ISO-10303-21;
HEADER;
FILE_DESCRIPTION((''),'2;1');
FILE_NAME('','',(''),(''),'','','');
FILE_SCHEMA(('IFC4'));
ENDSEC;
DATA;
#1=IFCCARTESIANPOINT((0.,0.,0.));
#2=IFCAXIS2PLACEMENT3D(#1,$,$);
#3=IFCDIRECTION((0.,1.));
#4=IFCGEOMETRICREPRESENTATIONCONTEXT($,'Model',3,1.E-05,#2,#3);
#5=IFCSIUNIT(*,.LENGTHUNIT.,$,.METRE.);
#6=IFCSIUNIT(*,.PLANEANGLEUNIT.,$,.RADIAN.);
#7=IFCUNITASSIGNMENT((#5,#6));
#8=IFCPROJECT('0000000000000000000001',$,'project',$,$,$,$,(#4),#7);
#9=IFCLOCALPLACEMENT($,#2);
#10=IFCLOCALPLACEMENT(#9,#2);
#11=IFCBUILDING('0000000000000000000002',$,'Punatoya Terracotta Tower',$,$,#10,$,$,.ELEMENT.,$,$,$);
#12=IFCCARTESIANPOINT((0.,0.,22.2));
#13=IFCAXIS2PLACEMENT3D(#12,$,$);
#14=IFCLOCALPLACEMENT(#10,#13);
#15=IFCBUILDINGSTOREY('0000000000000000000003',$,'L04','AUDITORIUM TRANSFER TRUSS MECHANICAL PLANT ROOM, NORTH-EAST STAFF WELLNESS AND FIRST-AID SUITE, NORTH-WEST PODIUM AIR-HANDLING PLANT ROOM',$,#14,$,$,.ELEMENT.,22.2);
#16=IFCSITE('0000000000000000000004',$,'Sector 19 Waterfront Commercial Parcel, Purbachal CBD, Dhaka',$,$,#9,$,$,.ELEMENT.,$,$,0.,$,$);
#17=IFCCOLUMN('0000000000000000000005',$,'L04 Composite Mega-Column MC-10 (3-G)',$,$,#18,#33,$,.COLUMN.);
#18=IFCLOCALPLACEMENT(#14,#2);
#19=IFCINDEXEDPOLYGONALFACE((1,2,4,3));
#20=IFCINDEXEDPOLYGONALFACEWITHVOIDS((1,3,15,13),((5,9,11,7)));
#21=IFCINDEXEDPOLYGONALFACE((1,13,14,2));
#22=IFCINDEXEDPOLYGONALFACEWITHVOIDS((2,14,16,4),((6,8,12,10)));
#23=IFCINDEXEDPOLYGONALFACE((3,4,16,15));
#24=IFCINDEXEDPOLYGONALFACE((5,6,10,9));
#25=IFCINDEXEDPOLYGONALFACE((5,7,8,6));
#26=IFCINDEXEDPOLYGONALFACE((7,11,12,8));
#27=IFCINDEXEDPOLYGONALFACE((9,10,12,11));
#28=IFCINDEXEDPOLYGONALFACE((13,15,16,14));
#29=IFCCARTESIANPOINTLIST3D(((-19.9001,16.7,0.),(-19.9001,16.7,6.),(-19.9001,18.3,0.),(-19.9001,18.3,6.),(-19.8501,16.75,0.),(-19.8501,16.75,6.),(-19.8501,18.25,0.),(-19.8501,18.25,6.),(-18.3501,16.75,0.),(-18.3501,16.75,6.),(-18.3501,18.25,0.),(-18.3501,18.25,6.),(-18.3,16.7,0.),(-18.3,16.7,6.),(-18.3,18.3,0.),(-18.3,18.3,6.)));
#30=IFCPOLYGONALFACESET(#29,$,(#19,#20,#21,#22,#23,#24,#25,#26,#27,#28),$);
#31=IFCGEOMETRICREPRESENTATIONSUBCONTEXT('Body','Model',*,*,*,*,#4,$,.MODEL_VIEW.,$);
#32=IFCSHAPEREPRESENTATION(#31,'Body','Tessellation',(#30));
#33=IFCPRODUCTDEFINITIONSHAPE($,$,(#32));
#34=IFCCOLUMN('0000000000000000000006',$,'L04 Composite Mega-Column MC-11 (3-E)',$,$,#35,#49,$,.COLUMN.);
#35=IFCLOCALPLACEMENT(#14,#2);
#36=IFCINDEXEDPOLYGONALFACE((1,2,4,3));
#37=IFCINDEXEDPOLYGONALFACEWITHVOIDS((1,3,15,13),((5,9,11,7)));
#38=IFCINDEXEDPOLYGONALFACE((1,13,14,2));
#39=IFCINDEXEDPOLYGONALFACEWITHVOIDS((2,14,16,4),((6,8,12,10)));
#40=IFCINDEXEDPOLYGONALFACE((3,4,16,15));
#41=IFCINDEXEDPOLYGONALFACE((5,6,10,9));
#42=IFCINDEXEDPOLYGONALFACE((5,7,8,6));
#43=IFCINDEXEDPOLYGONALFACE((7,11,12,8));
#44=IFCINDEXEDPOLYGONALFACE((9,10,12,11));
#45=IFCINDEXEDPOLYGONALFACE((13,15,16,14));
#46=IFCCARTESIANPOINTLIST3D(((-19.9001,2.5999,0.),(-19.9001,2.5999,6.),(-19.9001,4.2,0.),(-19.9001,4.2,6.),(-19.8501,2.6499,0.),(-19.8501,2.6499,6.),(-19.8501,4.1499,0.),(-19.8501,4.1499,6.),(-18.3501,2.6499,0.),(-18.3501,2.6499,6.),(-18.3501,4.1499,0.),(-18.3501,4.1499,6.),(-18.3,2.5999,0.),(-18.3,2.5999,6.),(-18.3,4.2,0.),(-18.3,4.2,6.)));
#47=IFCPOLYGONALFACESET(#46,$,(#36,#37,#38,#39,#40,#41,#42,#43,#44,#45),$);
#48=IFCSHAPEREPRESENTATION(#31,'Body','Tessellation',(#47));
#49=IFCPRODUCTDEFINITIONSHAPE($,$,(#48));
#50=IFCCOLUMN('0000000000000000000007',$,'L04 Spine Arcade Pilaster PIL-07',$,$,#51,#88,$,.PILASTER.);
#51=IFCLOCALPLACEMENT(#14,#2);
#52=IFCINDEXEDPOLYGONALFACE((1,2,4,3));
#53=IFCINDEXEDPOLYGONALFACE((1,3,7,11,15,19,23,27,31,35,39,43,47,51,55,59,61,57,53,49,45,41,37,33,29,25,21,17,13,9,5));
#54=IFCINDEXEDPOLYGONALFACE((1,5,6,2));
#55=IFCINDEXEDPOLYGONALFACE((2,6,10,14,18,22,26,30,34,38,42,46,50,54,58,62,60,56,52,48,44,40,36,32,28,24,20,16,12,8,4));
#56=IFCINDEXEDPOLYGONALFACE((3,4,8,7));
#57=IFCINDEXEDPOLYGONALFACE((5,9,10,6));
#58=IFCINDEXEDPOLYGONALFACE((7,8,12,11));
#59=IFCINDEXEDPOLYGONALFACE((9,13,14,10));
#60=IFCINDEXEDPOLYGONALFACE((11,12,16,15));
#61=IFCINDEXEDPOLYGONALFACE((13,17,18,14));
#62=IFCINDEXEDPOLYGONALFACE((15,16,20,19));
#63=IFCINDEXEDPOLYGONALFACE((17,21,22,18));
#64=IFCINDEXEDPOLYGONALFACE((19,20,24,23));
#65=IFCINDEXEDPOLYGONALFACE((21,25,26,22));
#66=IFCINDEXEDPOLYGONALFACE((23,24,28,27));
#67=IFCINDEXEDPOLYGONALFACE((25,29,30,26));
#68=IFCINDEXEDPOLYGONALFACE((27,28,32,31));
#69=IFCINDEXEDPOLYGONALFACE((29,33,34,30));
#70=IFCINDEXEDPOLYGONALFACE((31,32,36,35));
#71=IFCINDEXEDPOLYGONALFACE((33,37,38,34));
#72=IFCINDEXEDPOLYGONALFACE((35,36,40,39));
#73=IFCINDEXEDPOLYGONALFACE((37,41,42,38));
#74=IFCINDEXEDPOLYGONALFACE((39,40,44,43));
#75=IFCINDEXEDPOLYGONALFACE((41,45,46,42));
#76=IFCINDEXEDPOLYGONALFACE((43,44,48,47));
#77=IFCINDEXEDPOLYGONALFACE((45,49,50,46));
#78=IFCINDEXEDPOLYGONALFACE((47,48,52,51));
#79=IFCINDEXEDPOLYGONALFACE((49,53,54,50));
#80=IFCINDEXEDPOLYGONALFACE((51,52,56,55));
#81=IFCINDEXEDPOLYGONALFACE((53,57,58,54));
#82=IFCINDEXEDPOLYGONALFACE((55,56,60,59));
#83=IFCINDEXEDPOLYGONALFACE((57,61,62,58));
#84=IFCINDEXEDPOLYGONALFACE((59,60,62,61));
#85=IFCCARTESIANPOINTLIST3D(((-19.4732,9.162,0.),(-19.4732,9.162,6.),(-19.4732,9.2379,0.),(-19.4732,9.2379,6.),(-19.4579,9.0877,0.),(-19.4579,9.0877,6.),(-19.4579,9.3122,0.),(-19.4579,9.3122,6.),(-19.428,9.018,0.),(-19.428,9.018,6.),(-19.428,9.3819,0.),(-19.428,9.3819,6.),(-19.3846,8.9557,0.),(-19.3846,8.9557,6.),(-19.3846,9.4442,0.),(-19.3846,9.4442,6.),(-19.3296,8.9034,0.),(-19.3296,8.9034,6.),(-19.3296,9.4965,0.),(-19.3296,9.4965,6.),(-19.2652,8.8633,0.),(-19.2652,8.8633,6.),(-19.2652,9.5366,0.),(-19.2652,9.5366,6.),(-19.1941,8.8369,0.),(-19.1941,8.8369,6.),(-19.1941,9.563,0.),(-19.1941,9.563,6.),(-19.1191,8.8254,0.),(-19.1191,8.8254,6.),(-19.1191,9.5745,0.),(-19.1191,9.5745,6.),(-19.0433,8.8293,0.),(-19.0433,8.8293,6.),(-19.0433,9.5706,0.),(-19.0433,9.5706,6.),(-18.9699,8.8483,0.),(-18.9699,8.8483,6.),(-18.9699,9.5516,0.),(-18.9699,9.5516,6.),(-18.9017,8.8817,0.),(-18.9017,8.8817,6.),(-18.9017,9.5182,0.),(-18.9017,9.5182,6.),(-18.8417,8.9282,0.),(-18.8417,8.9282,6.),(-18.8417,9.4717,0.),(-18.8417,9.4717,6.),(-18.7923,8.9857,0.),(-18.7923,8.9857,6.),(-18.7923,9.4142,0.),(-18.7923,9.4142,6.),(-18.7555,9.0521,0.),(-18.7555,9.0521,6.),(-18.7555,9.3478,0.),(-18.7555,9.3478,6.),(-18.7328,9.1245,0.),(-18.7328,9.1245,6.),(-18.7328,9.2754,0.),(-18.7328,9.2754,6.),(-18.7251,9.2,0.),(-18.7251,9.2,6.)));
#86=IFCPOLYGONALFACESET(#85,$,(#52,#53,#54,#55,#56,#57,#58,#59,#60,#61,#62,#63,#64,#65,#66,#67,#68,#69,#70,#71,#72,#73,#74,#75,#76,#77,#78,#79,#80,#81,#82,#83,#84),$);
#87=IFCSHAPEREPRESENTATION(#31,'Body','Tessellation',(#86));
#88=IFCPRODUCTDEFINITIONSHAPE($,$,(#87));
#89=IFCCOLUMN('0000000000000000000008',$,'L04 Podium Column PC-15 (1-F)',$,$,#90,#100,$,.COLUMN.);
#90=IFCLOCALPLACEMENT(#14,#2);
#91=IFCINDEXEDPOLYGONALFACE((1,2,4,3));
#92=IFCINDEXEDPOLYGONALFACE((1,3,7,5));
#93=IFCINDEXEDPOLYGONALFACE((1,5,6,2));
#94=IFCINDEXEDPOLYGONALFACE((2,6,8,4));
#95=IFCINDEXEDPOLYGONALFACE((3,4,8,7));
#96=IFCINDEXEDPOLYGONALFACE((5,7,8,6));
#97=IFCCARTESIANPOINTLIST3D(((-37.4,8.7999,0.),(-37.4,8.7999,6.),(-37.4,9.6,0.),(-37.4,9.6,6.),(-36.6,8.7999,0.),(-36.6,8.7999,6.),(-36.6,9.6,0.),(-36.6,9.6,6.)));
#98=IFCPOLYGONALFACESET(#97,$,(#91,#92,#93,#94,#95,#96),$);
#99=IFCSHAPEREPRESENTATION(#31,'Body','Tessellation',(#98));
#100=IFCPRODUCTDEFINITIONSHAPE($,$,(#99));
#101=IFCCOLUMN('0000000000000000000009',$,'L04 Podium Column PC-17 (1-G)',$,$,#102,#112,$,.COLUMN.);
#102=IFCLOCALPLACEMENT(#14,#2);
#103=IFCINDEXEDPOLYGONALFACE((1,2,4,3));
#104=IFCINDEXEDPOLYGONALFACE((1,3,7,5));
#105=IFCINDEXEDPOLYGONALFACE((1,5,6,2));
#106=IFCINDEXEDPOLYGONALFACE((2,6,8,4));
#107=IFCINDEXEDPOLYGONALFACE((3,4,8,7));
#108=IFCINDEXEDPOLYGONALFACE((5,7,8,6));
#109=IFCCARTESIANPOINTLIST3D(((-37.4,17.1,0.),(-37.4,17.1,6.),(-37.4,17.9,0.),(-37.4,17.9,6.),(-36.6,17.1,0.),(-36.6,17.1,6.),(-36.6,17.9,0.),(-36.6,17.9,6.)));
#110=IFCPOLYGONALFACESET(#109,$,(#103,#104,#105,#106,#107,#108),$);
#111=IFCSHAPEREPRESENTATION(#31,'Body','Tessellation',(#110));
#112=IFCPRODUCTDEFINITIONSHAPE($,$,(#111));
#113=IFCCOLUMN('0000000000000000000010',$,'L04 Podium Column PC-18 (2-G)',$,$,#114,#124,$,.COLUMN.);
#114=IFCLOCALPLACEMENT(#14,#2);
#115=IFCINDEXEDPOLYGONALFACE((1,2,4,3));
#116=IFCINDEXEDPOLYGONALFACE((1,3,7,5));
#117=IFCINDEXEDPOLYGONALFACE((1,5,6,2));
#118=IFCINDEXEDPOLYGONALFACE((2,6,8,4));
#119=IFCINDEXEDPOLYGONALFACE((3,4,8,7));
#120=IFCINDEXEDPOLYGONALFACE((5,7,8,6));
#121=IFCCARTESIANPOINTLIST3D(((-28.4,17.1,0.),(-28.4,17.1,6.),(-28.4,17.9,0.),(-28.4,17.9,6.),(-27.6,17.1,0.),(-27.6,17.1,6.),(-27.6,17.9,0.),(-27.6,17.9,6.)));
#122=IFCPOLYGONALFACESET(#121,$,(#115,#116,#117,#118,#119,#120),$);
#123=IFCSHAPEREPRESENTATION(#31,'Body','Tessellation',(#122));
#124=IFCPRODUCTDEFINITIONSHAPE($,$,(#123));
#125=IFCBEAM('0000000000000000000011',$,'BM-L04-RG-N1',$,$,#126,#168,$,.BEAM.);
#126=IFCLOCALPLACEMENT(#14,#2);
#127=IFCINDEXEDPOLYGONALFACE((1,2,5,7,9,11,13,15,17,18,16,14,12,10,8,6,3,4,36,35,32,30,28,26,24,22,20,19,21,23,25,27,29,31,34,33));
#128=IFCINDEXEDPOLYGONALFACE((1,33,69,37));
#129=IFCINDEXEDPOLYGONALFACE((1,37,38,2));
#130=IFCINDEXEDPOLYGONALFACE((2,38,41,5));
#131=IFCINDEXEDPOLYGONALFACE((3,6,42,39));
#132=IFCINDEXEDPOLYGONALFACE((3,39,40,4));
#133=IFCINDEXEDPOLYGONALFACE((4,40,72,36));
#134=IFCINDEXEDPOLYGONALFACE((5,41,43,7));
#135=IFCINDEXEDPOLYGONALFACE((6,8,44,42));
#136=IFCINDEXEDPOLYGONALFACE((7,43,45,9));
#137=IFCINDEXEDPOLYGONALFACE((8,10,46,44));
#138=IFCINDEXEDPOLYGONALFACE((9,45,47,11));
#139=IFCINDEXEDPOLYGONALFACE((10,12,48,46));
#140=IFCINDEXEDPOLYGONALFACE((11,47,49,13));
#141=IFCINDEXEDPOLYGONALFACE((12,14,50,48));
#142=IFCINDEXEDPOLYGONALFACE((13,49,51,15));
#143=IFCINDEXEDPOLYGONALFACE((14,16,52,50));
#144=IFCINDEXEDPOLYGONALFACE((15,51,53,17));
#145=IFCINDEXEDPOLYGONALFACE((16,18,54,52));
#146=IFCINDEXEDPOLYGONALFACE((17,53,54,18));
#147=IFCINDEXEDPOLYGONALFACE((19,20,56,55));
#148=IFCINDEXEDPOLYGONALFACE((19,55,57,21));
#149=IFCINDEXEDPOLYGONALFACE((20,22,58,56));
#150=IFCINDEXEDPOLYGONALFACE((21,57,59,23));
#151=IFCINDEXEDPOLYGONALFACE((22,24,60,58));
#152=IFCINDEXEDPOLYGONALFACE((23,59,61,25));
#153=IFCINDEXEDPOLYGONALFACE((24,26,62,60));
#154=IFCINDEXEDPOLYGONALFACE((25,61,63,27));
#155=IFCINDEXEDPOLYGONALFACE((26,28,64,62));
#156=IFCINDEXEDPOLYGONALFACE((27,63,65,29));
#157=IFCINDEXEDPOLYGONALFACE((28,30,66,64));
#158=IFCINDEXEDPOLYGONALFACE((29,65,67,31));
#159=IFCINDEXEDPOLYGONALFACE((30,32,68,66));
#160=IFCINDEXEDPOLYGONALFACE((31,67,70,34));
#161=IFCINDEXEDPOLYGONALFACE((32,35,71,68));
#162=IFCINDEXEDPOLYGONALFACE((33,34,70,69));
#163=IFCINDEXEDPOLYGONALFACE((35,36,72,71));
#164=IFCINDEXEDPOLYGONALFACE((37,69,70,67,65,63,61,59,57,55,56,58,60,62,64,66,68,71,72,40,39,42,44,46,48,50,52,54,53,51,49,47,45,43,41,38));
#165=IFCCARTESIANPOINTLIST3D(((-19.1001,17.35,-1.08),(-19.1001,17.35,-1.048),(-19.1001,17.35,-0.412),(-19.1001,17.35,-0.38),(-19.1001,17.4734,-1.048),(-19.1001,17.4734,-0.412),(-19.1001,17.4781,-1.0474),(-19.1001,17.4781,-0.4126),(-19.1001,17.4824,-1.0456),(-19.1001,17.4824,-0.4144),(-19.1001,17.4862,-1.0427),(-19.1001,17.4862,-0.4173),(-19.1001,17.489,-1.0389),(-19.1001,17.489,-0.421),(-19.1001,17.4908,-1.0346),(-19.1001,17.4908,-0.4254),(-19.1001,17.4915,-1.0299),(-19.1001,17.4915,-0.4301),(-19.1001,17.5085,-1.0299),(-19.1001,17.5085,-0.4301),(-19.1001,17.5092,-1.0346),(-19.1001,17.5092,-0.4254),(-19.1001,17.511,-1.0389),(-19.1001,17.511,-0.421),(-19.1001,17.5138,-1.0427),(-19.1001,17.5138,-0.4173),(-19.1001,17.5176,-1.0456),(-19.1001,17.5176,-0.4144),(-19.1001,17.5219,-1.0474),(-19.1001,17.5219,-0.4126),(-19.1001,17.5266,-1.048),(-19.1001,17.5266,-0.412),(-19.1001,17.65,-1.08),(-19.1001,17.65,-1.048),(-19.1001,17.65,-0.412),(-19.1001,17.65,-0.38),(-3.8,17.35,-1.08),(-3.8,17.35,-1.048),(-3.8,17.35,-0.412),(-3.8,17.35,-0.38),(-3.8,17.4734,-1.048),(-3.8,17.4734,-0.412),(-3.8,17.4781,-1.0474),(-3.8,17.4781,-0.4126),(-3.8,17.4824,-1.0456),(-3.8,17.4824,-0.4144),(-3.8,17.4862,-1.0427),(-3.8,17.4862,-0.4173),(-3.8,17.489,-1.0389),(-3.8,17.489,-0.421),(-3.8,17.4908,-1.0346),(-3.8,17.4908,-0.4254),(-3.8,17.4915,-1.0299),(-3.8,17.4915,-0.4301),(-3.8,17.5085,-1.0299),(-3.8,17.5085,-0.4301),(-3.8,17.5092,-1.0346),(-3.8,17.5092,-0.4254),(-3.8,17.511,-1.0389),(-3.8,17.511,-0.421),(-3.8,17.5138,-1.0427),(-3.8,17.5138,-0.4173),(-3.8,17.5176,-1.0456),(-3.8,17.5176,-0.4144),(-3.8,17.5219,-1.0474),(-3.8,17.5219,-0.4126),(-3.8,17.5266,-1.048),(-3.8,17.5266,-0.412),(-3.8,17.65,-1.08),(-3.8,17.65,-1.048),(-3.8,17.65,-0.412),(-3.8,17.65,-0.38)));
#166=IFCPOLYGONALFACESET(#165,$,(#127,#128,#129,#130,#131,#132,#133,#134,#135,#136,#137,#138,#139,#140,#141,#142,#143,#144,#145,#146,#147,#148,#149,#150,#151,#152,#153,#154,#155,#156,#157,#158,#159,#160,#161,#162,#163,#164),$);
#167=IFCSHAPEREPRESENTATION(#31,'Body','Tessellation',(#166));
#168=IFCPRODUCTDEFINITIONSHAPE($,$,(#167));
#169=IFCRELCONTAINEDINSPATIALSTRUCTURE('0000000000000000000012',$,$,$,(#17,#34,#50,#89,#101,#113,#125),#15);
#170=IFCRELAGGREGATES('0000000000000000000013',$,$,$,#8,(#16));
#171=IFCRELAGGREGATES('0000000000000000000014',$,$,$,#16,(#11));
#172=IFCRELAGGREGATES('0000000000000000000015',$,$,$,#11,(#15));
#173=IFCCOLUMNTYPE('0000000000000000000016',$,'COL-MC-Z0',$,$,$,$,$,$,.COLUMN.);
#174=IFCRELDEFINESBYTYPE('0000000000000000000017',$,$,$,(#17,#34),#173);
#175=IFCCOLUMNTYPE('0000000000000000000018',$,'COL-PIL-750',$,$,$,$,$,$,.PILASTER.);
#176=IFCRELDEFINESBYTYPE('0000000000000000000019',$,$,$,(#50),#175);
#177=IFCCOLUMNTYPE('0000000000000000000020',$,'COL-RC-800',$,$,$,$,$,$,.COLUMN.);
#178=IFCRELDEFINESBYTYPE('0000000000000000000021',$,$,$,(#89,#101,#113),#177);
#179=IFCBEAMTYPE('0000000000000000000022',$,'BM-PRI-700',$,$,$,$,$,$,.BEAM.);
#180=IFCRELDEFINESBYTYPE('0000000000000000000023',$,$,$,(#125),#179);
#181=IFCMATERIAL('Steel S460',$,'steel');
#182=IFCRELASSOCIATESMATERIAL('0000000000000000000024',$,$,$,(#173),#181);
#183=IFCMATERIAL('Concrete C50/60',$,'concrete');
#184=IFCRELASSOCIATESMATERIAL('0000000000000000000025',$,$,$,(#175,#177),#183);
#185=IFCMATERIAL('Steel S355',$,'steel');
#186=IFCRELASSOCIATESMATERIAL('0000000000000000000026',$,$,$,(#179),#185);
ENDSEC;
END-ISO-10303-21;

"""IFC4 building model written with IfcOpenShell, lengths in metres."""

from ifc_helpers import new_model, si_unit, direction, frame, origin, origin_2d, place, context, subcontext, project, spatial, rectangle, hollow_rectangle, circle, i_section, extrude, material, material_profile, profile_set, type_object, element, save


model = new_model("IFC4")

# Units and contexts
model_context = context("Model", 3, precision=1e-05, world=origin(), true_north=direction((0.0, 1.0)))
body_context = subcontext(model_context, "Body", "Model", "MODEL_VIEW")
ifc_project = project(units=[si_unit("LENGTHUNIT", "METRE"), si_unit("PLANEANGLEUNIT", "RADIAN")], contexts=[model_context])

# Site, building, storey
site_placement = place(None, origin())
site = spatial("IfcSite", under=ifc_project, at=site_placement, Name="Sector 19 Waterfront Commercial Parcel, Purbachal CBD, Dhaka", CompositionType="ELEMENT", RefElevation=0.0)
building_placement = place(site_placement, origin())
building = spatial("IfcBuilding", under=site, at=building_placement, Name="Punatoya Terracotta Tower", CompositionType="ELEMENT")
storey_placement = place(building_placement, frame((0.0, 0.0, 22.2)))
storey = spatial("IfcBuildingStorey", under=building, at=storey_placement, Name="L04", Description="AUDITORIUM TRANSFER TRUSS MECHANICAL PLANT ROOM, NORTH-EAST STAFF WELLNESS AND FIRST-AID SUITE, NORTH-WEST PODIUM AIR-HANDLING PLANT ROOM", CompositionType="ELEMENT", Elevation=22.2)

# Columns
ifc_material_1 = material(Name="Steel S460", Category="steel")
ifc_material_profile_1 = material_profile(ifc_material_1, hollow_rectangle(XDim=1.6001, YDim=1.6001, WallThickness=0.05, at=origin_2d()))
ifc_profile_set_1 = profile_set([ifc_material_profile_1], Name="Steel S460")
column_type_1 = type_object("IfcColumnType", Name="COL-MC-Z0", PredefinedType="COLUMN", material=ifc_profile_set_1)
for number, where, z_axis, x_axis, name in (
    (1, (-19.1001, 17.5, 0.0), (0.0, 0.0, 1.0), (1.0, 0.0, 0.0), "L04 Composite Mega-Column MC-10 (3-G)"),
    (2, (-19.1001, 3.3999, 0.0), (0.0, 0.0, 1.0), (1.0, 0.0, 0.0), "L04 Composite Mega-Column MC-11 (3-E)"),
):
    element("IfcColumn", number, at=place(storey_placement, frame(where, z_axis=z_axis, x_axis=x_axis)), inside=storey, type_object=column_type_1, Name=name, PredefinedType="COLUMN", context=body_context, shape_type="SweptSolid", body=[
        extrude(hollow_rectangle(XDim=1.6001, YDim=1.6001, WallThickness=0.05, at=origin_2d()), origin(), (0.0, 0.0, 1.0), 6.0),
    ])
ifc_material_2 = material(Name="Concrete C50/60", Category="concrete")
ifc_material_profile_2 = material_profile(ifc_material_2, circle(Radius=0.375, at=origin_2d()))
ifc_profile_set_2 = profile_set([ifc_material_profile_2], Name="Concrete C50/60")
column_type_2 = type_object("IfcColumnType", Name="COL-PIL-750", PredefinedType="PILASTER", material=ifc_profile_set_2)
column_placement = place(storey_placement, frame((-19.1001, 9.2, 0.0), z_axis=(0.0, 0.0, 1.0), x_axis=(1.0, 0.0, 0.0)))
element("IfcColumn", 3, at=column_placement, inside=storey, type_object=column_type_2, Name="L04 Spine Arcade Pilaster PIL-07", PredefinedType="PILASTER", context=body_context, shape_type="SweptSolid", body=[
    extrude(circle(Radius=0.375, at=origin_2d()), origin(), (0.0, 0.0, 1.0), 6.0),
])
ifc_material_profile_3 = material_profile(ifc_material_2, rectangle(XDim=0.8, YDim=0.8, at=origin_2d()))
ifc_profile_set_3 = profile_set([ifc_material_profile_3], Name="Concrete C50/60")
column_type_3 = type_object("IfcColumnType", Name="COL-RC-800", PredefinedType="COLUMN", material=ifc_profile_set_3)
for number, where, z_axis, x_axis, name in (
    (4, (-37.0, 9.2, 0.0), (0.0, 0.0, 1.0), (1.0, 0.0, 0.0), "L04 Podium Column PC-15 (1-F)"),
    (5, (-37.0, 17.5, 0.0), (0.0, 0.0, 1.0), (1.0, 0.0, 0.0), "L04 Podium Column PC-17 (1-G)"),
    (6, (-28.0, 17.5, 0.0), (0.0, 0.0, 1.0), (1.0, 0.0, 0.0), "L04 Podium Column PC-18 (2-G)"),
):
    element("IfcColumn", number, at=place(storey_placement, frame(where, z_axis=z_axis, x_axis=x_axis)), inside=storey, type_object=column_type_3, Name=name, PredefinedType="COLUMN", context=body_context, shape_type="SweptSolid", body=[
        extrude(rectangle(XDim=0.8, YDim=0.8, at=origin_2d()), origin(), (0.0, 0.0, 1.0), 6.0),
    ])

# Beam
ifc_material_3 = material(Name="Steel S355", Category="steel")
ifc_material_profile_4 = material_profile(ifc_material_3, i_section(OverallWidth=0.3, OverallDepth=0.7, WebThickness=0.0171, FlangeThickness=0.032, FilletRadius=0.0181, at=origin_2d()))
ifc_profile_set_4 = profile_set([ifc_material_profile_4], Name="Steel S355")
beam_type_1 = type_object("IfcBeamType", Name="BM-PRI-700", PredefinedType="BEAM", material=ifc_profile_set_4)
beam_1_placement = place(storey_placement, frame((-19.1001, 17.5, -0.73), z_axis=(1.0, 0.0, 0.0), x_axis=(0.0, 1.0, 0.0)))
element("IfcBeam", 7, at=beam_1_placement, inside=storey, type_object=beam_type_1, Name="BM-L04-RG-N1", PredefinedType="BEAM", context=body_context, shape_type="SweptSolid", body=[
    extrude(i_section(OverallWidth=0.3, OverallDepth=0.7, WebThickness=0.0171, FlangeThickness=0.032, FilletRadius=0.0181, at=origin_2d()), origin(), (0.0, 0.0, 1.0), 15.3),
])

save(model, "model.ifc")
